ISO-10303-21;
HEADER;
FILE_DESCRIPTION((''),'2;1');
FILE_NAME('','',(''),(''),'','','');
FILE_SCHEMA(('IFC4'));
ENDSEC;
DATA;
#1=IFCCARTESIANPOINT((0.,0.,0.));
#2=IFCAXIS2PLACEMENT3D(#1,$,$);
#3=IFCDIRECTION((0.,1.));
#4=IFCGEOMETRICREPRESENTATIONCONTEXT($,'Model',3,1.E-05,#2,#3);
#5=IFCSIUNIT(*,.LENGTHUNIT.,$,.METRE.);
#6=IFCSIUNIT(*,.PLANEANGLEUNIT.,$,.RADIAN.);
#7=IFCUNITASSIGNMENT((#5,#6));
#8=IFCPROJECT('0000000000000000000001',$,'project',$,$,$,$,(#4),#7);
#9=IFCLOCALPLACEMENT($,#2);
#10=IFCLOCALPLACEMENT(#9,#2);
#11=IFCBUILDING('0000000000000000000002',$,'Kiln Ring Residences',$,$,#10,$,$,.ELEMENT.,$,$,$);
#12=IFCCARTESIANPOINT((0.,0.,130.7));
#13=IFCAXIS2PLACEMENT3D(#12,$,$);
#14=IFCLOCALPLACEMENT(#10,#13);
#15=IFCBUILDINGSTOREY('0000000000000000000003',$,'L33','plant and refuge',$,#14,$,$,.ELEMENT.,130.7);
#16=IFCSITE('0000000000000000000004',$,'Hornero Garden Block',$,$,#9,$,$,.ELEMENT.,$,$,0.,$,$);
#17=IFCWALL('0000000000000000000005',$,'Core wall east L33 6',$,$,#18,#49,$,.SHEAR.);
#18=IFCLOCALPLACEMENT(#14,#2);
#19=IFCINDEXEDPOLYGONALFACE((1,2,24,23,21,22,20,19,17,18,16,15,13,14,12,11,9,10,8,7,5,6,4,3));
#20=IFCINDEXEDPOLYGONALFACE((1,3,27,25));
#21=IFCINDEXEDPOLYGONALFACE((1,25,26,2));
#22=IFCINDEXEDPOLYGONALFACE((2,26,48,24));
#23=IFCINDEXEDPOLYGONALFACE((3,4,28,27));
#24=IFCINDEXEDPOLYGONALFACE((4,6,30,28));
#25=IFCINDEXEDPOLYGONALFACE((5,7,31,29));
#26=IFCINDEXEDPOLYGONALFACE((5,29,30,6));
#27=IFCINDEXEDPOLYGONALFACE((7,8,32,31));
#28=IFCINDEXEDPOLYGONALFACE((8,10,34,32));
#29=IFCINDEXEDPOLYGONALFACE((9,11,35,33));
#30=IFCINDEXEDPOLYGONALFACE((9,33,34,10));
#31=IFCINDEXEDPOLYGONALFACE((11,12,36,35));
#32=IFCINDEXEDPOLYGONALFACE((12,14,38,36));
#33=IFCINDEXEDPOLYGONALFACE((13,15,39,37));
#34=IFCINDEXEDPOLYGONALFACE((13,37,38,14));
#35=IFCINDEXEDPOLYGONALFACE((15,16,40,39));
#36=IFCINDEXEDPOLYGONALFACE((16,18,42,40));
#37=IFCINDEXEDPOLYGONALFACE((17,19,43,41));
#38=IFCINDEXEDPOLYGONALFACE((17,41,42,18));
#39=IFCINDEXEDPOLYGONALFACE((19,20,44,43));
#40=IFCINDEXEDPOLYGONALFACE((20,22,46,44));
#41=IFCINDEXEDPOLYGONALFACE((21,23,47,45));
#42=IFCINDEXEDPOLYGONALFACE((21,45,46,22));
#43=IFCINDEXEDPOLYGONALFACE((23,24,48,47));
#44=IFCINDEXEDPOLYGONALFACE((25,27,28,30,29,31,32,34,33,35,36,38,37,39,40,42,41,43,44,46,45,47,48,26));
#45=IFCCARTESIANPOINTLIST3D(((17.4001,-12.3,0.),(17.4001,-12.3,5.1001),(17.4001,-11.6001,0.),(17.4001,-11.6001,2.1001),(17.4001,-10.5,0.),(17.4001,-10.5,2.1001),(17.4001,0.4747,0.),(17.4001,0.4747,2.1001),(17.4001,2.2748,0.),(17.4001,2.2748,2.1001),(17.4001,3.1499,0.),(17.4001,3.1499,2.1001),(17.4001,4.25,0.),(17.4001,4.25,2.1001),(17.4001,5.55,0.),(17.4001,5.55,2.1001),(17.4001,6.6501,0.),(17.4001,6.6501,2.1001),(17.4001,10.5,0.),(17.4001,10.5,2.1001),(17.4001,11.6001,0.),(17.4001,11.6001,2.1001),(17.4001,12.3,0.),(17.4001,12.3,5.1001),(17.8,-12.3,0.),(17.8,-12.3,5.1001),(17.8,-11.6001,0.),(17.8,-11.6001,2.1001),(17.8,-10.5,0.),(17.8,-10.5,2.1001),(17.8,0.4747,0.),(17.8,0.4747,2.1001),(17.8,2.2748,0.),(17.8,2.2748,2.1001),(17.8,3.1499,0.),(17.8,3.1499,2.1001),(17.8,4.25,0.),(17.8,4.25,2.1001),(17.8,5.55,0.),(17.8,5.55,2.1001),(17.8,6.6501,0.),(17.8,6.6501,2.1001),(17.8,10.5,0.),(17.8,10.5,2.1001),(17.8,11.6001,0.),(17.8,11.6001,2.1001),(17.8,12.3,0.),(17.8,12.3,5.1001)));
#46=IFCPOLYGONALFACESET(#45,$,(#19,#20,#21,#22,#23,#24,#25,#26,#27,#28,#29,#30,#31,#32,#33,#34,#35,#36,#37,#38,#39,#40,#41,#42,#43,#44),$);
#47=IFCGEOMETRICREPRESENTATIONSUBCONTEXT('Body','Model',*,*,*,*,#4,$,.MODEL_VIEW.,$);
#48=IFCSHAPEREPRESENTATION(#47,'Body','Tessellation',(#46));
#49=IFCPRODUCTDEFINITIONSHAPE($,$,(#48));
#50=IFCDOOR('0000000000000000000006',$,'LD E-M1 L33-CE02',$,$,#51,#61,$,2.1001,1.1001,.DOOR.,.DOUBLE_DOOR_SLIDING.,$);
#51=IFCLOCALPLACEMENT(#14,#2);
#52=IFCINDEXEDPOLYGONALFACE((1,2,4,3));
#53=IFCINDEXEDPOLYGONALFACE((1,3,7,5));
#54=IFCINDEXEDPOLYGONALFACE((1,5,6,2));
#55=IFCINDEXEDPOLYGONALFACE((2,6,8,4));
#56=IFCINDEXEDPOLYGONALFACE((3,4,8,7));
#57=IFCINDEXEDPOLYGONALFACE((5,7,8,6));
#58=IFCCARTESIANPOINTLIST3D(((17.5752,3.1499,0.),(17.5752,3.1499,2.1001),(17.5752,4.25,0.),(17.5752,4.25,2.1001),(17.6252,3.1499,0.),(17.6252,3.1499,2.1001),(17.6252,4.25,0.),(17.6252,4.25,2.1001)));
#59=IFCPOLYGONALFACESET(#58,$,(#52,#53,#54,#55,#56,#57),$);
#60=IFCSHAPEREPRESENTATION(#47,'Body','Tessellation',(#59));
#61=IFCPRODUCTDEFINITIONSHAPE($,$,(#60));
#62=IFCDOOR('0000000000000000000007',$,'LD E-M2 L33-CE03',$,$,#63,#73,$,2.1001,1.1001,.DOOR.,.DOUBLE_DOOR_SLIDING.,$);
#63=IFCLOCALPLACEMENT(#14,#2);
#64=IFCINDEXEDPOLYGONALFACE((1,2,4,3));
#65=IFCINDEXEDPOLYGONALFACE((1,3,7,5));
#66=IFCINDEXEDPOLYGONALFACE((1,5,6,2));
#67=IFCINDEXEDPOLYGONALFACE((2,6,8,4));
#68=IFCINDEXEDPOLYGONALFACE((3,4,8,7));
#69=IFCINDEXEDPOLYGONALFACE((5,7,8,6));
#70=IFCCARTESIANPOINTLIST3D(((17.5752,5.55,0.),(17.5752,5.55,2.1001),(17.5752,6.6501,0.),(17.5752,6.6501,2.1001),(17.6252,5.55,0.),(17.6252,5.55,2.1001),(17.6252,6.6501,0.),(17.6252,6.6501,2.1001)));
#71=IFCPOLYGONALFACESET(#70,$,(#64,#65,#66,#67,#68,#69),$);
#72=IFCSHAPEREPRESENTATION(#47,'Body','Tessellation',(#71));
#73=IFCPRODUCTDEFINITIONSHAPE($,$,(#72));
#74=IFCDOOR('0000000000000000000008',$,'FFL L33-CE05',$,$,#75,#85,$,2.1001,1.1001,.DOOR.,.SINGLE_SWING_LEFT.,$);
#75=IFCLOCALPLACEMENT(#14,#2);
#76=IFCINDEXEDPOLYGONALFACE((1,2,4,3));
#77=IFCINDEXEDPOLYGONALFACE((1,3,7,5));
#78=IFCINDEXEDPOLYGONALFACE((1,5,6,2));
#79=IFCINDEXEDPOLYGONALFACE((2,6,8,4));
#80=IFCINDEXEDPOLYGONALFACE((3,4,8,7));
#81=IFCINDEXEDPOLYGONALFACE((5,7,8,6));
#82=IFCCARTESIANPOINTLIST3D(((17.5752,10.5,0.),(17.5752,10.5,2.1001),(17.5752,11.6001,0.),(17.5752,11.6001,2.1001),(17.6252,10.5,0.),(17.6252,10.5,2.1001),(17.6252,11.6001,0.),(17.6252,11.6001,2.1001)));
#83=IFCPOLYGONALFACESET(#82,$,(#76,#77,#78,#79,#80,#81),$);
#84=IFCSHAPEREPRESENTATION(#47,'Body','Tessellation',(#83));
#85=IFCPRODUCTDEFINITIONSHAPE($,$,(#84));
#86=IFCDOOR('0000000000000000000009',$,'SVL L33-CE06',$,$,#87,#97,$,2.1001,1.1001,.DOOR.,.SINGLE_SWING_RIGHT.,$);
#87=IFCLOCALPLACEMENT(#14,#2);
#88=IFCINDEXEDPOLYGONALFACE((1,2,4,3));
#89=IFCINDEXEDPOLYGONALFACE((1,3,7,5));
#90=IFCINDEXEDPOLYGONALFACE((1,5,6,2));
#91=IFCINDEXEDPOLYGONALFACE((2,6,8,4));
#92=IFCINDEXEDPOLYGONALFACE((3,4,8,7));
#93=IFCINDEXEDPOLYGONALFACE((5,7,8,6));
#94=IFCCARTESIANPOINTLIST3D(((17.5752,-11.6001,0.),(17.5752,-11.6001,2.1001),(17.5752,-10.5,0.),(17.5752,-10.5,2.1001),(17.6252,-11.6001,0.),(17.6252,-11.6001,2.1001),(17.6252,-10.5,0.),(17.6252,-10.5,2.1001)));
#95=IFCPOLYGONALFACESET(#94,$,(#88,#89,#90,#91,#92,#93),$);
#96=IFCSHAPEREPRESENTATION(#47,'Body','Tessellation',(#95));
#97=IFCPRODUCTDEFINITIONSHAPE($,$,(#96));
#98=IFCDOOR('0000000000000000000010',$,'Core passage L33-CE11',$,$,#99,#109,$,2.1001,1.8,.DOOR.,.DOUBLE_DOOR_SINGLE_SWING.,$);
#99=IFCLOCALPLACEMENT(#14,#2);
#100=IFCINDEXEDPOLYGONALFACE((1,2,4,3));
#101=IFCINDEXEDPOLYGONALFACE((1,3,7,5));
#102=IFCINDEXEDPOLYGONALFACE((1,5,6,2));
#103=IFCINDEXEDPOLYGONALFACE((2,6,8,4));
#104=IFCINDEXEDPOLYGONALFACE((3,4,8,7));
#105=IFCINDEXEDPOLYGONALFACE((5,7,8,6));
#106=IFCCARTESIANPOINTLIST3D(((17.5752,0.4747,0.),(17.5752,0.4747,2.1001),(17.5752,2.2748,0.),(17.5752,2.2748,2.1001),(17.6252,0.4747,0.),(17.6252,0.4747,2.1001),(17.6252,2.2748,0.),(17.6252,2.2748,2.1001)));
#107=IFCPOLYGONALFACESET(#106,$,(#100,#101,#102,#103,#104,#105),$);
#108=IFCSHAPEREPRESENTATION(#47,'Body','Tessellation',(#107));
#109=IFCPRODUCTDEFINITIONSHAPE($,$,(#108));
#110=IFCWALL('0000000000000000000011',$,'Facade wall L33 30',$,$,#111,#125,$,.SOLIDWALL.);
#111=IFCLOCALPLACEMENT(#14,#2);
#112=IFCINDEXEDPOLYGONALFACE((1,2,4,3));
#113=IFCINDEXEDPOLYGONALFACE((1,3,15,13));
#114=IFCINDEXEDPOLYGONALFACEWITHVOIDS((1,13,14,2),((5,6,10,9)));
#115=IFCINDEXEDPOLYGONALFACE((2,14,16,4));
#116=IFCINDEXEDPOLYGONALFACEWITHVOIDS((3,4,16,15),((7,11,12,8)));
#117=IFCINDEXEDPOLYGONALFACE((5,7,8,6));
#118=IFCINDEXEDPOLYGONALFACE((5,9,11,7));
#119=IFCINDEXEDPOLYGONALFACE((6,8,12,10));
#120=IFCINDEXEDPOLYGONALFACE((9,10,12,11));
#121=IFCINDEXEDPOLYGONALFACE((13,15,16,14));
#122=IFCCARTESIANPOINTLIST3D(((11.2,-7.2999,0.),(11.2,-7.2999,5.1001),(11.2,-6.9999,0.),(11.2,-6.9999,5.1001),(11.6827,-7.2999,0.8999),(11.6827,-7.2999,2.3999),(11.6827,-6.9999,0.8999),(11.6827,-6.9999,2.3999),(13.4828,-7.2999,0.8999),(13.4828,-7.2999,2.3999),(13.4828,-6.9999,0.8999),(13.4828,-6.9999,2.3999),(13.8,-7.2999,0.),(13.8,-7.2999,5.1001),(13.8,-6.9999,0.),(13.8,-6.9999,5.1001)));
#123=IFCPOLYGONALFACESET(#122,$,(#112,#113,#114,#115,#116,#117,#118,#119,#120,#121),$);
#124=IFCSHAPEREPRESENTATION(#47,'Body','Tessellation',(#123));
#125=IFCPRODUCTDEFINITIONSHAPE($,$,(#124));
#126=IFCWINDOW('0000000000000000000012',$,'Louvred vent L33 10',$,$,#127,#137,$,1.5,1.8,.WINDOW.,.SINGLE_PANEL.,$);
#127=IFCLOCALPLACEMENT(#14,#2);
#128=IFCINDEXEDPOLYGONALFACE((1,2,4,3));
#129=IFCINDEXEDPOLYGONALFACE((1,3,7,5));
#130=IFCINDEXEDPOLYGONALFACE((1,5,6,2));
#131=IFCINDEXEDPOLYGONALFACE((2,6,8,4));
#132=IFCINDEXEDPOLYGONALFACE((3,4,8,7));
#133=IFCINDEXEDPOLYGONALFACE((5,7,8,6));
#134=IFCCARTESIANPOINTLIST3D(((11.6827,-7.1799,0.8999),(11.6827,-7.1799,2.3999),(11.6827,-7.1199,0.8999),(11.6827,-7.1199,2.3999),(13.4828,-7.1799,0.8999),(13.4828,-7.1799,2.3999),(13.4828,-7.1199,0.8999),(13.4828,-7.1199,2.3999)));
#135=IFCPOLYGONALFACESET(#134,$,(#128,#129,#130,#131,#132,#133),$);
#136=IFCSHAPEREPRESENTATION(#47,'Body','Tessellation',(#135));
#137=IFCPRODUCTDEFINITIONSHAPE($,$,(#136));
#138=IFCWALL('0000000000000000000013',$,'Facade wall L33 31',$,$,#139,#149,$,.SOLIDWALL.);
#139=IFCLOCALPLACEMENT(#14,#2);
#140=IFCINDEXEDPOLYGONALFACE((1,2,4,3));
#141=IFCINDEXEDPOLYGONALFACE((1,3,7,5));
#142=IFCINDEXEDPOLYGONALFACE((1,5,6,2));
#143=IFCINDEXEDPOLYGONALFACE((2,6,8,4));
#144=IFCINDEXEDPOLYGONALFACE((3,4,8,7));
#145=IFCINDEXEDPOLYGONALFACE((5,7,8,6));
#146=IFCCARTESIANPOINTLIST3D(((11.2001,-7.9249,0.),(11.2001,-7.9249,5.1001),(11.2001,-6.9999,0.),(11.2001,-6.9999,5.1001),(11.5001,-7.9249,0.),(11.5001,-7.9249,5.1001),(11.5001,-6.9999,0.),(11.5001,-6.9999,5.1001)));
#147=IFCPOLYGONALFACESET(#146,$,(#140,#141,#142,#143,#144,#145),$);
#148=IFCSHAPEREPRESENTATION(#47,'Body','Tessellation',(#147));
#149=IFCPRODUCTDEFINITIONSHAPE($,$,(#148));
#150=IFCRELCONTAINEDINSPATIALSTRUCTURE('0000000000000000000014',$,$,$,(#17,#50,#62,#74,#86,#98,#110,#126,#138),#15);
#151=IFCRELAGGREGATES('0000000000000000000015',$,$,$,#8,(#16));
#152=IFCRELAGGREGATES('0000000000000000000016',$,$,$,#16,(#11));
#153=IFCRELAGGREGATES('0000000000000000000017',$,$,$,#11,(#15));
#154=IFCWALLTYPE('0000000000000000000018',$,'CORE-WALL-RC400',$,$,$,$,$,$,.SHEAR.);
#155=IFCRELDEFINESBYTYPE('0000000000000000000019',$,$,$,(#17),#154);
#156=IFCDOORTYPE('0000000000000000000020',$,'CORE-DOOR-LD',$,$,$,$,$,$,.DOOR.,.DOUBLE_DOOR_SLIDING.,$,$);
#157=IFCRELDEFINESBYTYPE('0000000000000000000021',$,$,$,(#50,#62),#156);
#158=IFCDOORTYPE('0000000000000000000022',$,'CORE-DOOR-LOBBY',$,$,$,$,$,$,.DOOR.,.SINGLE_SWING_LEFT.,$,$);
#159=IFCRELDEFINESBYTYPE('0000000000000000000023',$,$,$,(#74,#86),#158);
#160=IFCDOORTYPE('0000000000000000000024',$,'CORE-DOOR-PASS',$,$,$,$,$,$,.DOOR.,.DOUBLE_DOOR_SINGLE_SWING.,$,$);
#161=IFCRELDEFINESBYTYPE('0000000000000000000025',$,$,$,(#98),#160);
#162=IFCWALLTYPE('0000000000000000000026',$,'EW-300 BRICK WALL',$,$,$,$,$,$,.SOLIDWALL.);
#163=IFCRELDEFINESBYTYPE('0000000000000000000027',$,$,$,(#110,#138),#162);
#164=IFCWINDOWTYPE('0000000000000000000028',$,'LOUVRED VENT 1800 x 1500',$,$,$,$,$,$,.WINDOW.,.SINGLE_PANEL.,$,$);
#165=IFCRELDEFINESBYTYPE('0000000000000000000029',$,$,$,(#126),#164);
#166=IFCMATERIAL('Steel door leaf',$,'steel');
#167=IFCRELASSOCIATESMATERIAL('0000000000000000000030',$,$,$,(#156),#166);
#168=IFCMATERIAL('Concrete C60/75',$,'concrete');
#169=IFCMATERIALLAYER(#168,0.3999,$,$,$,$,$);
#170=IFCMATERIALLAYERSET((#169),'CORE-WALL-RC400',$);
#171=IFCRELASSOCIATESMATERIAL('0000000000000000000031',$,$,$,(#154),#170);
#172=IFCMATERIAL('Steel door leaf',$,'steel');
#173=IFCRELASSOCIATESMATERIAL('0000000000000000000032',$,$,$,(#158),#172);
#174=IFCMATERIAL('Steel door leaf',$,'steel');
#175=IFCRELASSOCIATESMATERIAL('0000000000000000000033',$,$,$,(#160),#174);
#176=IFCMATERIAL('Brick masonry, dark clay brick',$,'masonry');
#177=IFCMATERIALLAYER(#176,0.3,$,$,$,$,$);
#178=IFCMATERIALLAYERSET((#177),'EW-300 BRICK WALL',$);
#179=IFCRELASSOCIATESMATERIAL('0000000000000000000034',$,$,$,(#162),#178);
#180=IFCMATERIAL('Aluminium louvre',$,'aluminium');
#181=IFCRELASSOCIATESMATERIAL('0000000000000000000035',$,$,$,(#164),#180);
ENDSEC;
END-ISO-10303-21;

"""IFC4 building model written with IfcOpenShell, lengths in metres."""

from ifc_helpers import new_model, si_unit, direction, frame, frame_2d, origin, place, context, subcontext, project, spatial, rectangle, extrude, material, layer, layer_set, type_object, element, fill, save


model = new_model("IFC4")

# Units and contexts
model_context = context("Model", 3, precision=1e-05, world=origin(), true_north=direction((0.0, 1.0)))
body_context = subcontext(model_context, "Body", "Model", "MODEL_VIEW")
ifc_project = project(units=[si_unit("LENGTHUNIT", "METRE"), si_unit("PLANEANGLEUNIT", "RADIAN")], contexts=[model_context])

# Site, building, storey
site_placement = place(None, origin())
site = spatial("IfcSite", under=ifc_project, at=site_placement, Name="Hornero Garden Block", CompositionType="ELEMENT", RefElevation=0.0)
building_placement = place(site_placement, origin())
building = spatial("IfcBuilding", under=site, at=building_placement, Name="Kiln Ring Residences", CompositionType="ELEMENT")
storey_placement = place(building_placement, frame((0.0, 0.0, 130.7)))
storey = spatial("IfcBuildingStorey", under=building, at=storey_placement, Name="L33", Description="plant and refuge", CompositionType="ELEMENT", Elevation=130.7)

# Wall, openings, doors
ifc_material_1 = material(Name="Steel door leaf", Category="steel")
door_type_1 = type_object("IfcDoorType", Name="CORE-DOOR-LD", OperationType="DOUBLE_DOOR_SLIDING", PredefinedType="DOOR", material=ifc_material_1)
ifc_material_2 = material(Name="Concrete C60/75", Category="concrete")
ifc_layer_1 = layer(ifc_material_2, 0.3999)
ifc_layer_set_1 = layer_set([ifc_layer_1], Name="CORE-WALL-RC400")
wall_type_1 = type_object("IfcWallType", Name="CORE-WALL-RC400", PredefinedType="SHEAR", material=ifc_layer_set_1)
wall_1_placement = place(storey_placement, frame((17.6001, -12.3, 0.0), z_axis=(0.0, 0.0, 1.0), x_axis=(0.0, 1.0, 0.0)))
wall_1 = element("IfcWall", 1, at=wall_1_placement, inside=storey, type_object=wall_type_1, Name="Core wall east L33 6", PredefinedType="SHEAR", context=body_context, shape_type="SweptSolid", body=[
    extrude(rectangle(XDim=24.6001, YDim=0.3999, at=frame_2d((12.3, 0.0))), origin(), (0.0, 0.0, 1.0), 5.1001),
])
opening_1_placement = place(wall_1_placement, frame((15.45, 0.0, 0.0)))
opening_1 = element("IfcOpeningElement", 2, at=opening_1_placement, cuts=wall_1, PredefinedType="OPENING", context=body_context, shape_type="SweptSolid", body=[
    extrude(rectangle(XDim=1.1001, YDim=2.1001, at=frame_2d((0.55, 1.05))), frame((0.0, 0.21, 0.0), z_axis=(0.0, -1.0, 0.0), x_axis=(1.0, 0.0, 0.0)), (0.0, 0.0, 1.0), 0.4199),
])
opening_2_placement = place(wall_1_placement, frame((17.8501, 0.0, 0.0)))
opening_2 = element("IfcOpeningElement", 3, at=opening_2_placement, cuts=wall_1, PredefinedType="OPENING", context=body_context, shape_type="SweptSolid", body=[
    extrude(rectangle(XDim=1.1001, YDim=2.1001, at=frame_2d((0.55, 1.05))), frame((0.0, 0.21, 0.0), z_axis=(0.0, -1.0, 0.0), x_axis=(1.0, 0.0, 0.0)), (0.0, 0.0, 1.0), 0.4199),
])
opening_3_placement = place(wall_1_placement, frame((22.8, 0.0, 0.0)))
opening_3 = element("IfcOpeningElement", 4, at=opening_3_placement, cuts=wall_1, PredefinedType="OPENING", context=body_context, shape_type="SweptSolid", body=[
    extrude(rectangle(XDim=1.1001, YDim=2.1001, at=frame_2d((0.55, 1.05))), frame((0.0, 0.21, 0.0), z_axis=(0.0, -1.0, 0.0), x_axis=(1.0, 0.0, 0.0)), (0.0, 0.0, 1.0), 0.4199),
])
opening_4_placement = place(wall_1_placement, frame((0.7, 0.0, 0.0)))
opening_4 = element("IfcOpeningElement", 5, at=opening_4_placement, cuts=wall_1, PredefinedType="OPENING", context=body_context, shape_type="SweptSolid", body=[
    extrude(rectangle(XDim=1.1001, YDim=2.1001, at=frame_2d((0.55, 1.05))), frame((0.0, 0.21, 0.0), z_axis=(0.0, -1.0, 0.0), x_axis=(1.0, 0.0, 0.0)), (0.0, 0.0, 1.0), 0.4199),
])
opening_5_placement = place(wall_1_placement, frame((12.7749, 0.0, 0.0)))
opening_5 = element("IfcOpeningElement", 6, at=opening_5_placement, cuts=wall_1, PredefinedType="OPENING", context=body_context, shape_type="SweptSolid", body=[
    extrude(rectangle(XDim=1.8, YDim=2.1001, at=frame_2d((0.8999, 1.05))), frame((0.0, 0.21, 0.0), z_axis=(0.0, -1.0, 0.0), x_axis=(1.0, 0.0, 0.0)), (0.0, 0.0, 1.0), 0.4199),
])
door_1_placement = place(opening_1_placement, origin())
door_1 = element("IfcDoor", 7, at=door_1_placement, inside=storey, type_object=door_type_1, Name="LD E-M1 L33-CE02", OperationType="DOUBLE_DOOR_SLIDING", OverallHeight=2.1001, OverallWidth=1.1001, PredefinedType="DOOR", context=body_context, shape_type="SweptSolid", body=[
    extrude(rectangle(XDim=1.1001, YDim=2.1001, at=frame_2d((0.55, 1.05))), frame((0.0, 0.0249, 0.0), z_axis=(0.0, -1.0, 0.0), x_axis=(1.0, 0.0, 0.0)), (0.0, 0.0, 1.0), 0.05),
])
fill(opening_1, door_1)
door_2_placement = place(opening_2_placement, origin())
door_2 = element("IfcDoor", 8, at=door_2_placement, inside=storey, type_object=door_type_1, Name="LD E-M2 L33-CE03", OperationType="DOUBLE_DOOR_SLIDING", OverallHeight=2.1001, OverallWidth=1.1001, PredefinedType="DOOR", context=body_context, shape_type="SweptSolid", body=[
    extrude(rectangle(XDim=1.1001, YDim=2.1001, at=frame_2d((0.55, 1.05))), frame((0.0, 0.0249, 0.0), z_axis=(0.0, -1.0, 0.0), x_axis=(1.0, 0.0, 0.0)), (0.0, 0.0, 1.0), 0.05),
])
fill(opening_2, door_2)
ifc_material_3 = material(Name="Steel door leaf", Category="steel")
door_type_2 = type_object("IfcDoorType", Name="CORE-DOOR-LOBBY", OperationType="SINGLE_SWING_LEFT", PredefinedType="DOOR", material=ifc_material_3)
door_3_placement = place(opening_3_placement, origin())
door_3 = element("IfcDoor", 9, at=door_3_placement, inside=storey, type_object=door_type_2, Name="FFL L33-CE05", OperationType="SINGLE_SWING_LEFT", OverallHeight=2.1001, OverallWidth=1.1001, PredefinedType="DOOR", context=body_context, shape_type="SweptSolid", body=[
    extrude(rectangle(XDim=1.1001, YDim=2.1001, at=frame_2d((0.55, 1.05))), frame((0.0, 0.0249, 0.0), z_axis=(0.0, -1.0, 0.0), x_axis=(1.0, 0.0, 0.0)), (0.0, 0.0, 1.0), 0.05),
])
fill(opening_3, door_3)
door_4_placement = place(opening_4_placement, origin())
door_4 = element("IfcDoor", 10, at=door_4_placement, inside=storey, type_object=door_type_2, Name="SVL L33-CE06", OperationType="SINGLE_SWING_RIGHT", OverallHeight=2.1001, OverallWidth=1.1001, PredefinedType="DOOR", context=body_context, shape_type="SweptSolid", body=[
    extrude(rectangle(XDim=1.1001, YDim=2.1001, at=frame_2d((0.55, 1.05))), frame((0.0, 0.0249, 0.0), z_axis=(0.0, -1.0, 0.0), x_axis=(1.0, 0.0, 0.0)), (0.0, 0.0, 1.0), 0.05),
])
fill(opening_4, door_4)
ifc_material_4 = material(Name="Steel door leaf", Category="steel")
door_type_3 = type_object("IfcDoorType", Name="CORE-DOOR-PASS", OperationType="DOUBLE_DOOR_SINGLE_SWING", PredefinedType="DOOR", material=ifc_material_4)
door_5_placement = place(opening_5_placement, origin())
door_5 = element("IfcDoor", 11, at=door_5_placement, inside=storey, type_object=door_type_3, Name="Core passage L33-CE11", OperationType="DOUBLE_DOOR_SINGLE_SWING", OverallHeight=2.1001, OverallWidth=1.8, PredefinedType="DOOR", context=body_context, shape_type="SweptSolid", body=[
    extrude(rectangle(XDim=1.8, YDim=2.1001, at=frame_2d((0.8999, 1.05))), frame((0.0, 0.0249, 0.0), z_axis=(0.0, -1.0, 0.0), x_axis=(1.0, 0.0, 0.0)), (0.0, 0.0, 1.0), 0.05),
])
fill(opening_5, door_5)

# Wall, opening, window
ifc_material_5 = material(Name="Brick masonry, dark clay brick", Category="masonry")
ifc_layer_2 = layer(ifc_material_5, 0.3)
ifc_layer_set_2 = layer_set([ifc_layer_2], Name="EW-300 BRICK WALL")
wall_type_2 = type_object("IfcWallType", Name="EW-300 BRICK WALL", PredefinedType="SOLIDWALL", material=ifc_layer_set_2)
wall_2_placement = place(storey_placement, frame((13.8, -7.1499, 0.0), z_axis=(0.0, 0.0, 1.0), x_axis=(-1.0, 0.0, 0.0)))
wall_2 = element("IfcWall", 12, at=wall_2_placement, inside=storey, type_object=wall_type_2, Name="Facade wall L33 30", PredefinedType="SOLIDWALL", context=body_context, shape_type="SweptSolid", body=[
    extrude(rectangle(XDim=2.6001, YDim=0.3, at=frame_2d((1.3, 0.0))), origin(), (0.0, 0.0, 1.0), 5.1001),
])
opening_6_placement = place(wall_2_placement, frame((0.3174, 0.0, 0.8999)))
opening_6 = element("IfcOpeningElement", 13, at=opening_6_placement, cuts=wall_2, PredefinedType="OPENING", context=body_context, shape_type="SweptSolid", body=[
    extrude(rectangle(XDim=1.8, YDim=1.5, at=frame_2d((0.8999, 0.75))), frame((0.0, 0.1599, 0.0), z_axis=(0.0, -1.0, 0.0), x_axis=(1.0, 0.0, 0.0)), (0.0, 0.0, 1.0), 0.3201),
])
ifc_material_6 = material(Name="Aluminium louvre", Category="aluminium")
window_type = type_object("IfcWindowType", Name="LOUVRED VENT 1800 x 1500", PartitioningType="SINGLE_PANEL", PredefinedType="WINDOW", material=ifc_material_6)
window_1_placement = place(opening_6_placement, origin())
window_1 = element("IfcWindow", 14, at=window_1_placement, inside=storey, type_object=window_type, Name="Louvred vent L33 10", OverallHeight=1.5, OverallWidth=1.8, PartitioningType="SINGLE_PANEL", PredefinedType="WINDOW", context=body_context, shape_type="SweptSolid", body=[
    extrude(rectangle(XDim=1.8, YDim=1.5, at=frame_2d((0.8999, 0.75))), frame((0.0, 0.03, 0.0), z_axis=(0.0, -1.0, 0.0), x_axis=(1.0, 0.0, 0.0)), (0.0, 0.0, 1.0), 0.0601),
])
fill(opening_6, window_1)

# Wall
wall_3_placement = place(storey_placement, frame((11.3501, -7.0, 0.0), z_axis=(0.0, 0.0, 1.0), x_axis=(0.0, -1.0, 0.0)))
element("IfcWall", 15, at=wall_3_placement, inside=storey, type_object=wall_type_2, Name="Facade wall L33 31", PredefinedType="SOLIDWALL", context=body_context, shape_type="SweptSolid", body=[
    extrude(rectangle(XDim=0.925, YDim=0.3, at=frame_2d((0.4624, 0.0))), origin(), (0.0, 0.0, 1.0), 5.1001),
])

save(model, "model.ifc")
